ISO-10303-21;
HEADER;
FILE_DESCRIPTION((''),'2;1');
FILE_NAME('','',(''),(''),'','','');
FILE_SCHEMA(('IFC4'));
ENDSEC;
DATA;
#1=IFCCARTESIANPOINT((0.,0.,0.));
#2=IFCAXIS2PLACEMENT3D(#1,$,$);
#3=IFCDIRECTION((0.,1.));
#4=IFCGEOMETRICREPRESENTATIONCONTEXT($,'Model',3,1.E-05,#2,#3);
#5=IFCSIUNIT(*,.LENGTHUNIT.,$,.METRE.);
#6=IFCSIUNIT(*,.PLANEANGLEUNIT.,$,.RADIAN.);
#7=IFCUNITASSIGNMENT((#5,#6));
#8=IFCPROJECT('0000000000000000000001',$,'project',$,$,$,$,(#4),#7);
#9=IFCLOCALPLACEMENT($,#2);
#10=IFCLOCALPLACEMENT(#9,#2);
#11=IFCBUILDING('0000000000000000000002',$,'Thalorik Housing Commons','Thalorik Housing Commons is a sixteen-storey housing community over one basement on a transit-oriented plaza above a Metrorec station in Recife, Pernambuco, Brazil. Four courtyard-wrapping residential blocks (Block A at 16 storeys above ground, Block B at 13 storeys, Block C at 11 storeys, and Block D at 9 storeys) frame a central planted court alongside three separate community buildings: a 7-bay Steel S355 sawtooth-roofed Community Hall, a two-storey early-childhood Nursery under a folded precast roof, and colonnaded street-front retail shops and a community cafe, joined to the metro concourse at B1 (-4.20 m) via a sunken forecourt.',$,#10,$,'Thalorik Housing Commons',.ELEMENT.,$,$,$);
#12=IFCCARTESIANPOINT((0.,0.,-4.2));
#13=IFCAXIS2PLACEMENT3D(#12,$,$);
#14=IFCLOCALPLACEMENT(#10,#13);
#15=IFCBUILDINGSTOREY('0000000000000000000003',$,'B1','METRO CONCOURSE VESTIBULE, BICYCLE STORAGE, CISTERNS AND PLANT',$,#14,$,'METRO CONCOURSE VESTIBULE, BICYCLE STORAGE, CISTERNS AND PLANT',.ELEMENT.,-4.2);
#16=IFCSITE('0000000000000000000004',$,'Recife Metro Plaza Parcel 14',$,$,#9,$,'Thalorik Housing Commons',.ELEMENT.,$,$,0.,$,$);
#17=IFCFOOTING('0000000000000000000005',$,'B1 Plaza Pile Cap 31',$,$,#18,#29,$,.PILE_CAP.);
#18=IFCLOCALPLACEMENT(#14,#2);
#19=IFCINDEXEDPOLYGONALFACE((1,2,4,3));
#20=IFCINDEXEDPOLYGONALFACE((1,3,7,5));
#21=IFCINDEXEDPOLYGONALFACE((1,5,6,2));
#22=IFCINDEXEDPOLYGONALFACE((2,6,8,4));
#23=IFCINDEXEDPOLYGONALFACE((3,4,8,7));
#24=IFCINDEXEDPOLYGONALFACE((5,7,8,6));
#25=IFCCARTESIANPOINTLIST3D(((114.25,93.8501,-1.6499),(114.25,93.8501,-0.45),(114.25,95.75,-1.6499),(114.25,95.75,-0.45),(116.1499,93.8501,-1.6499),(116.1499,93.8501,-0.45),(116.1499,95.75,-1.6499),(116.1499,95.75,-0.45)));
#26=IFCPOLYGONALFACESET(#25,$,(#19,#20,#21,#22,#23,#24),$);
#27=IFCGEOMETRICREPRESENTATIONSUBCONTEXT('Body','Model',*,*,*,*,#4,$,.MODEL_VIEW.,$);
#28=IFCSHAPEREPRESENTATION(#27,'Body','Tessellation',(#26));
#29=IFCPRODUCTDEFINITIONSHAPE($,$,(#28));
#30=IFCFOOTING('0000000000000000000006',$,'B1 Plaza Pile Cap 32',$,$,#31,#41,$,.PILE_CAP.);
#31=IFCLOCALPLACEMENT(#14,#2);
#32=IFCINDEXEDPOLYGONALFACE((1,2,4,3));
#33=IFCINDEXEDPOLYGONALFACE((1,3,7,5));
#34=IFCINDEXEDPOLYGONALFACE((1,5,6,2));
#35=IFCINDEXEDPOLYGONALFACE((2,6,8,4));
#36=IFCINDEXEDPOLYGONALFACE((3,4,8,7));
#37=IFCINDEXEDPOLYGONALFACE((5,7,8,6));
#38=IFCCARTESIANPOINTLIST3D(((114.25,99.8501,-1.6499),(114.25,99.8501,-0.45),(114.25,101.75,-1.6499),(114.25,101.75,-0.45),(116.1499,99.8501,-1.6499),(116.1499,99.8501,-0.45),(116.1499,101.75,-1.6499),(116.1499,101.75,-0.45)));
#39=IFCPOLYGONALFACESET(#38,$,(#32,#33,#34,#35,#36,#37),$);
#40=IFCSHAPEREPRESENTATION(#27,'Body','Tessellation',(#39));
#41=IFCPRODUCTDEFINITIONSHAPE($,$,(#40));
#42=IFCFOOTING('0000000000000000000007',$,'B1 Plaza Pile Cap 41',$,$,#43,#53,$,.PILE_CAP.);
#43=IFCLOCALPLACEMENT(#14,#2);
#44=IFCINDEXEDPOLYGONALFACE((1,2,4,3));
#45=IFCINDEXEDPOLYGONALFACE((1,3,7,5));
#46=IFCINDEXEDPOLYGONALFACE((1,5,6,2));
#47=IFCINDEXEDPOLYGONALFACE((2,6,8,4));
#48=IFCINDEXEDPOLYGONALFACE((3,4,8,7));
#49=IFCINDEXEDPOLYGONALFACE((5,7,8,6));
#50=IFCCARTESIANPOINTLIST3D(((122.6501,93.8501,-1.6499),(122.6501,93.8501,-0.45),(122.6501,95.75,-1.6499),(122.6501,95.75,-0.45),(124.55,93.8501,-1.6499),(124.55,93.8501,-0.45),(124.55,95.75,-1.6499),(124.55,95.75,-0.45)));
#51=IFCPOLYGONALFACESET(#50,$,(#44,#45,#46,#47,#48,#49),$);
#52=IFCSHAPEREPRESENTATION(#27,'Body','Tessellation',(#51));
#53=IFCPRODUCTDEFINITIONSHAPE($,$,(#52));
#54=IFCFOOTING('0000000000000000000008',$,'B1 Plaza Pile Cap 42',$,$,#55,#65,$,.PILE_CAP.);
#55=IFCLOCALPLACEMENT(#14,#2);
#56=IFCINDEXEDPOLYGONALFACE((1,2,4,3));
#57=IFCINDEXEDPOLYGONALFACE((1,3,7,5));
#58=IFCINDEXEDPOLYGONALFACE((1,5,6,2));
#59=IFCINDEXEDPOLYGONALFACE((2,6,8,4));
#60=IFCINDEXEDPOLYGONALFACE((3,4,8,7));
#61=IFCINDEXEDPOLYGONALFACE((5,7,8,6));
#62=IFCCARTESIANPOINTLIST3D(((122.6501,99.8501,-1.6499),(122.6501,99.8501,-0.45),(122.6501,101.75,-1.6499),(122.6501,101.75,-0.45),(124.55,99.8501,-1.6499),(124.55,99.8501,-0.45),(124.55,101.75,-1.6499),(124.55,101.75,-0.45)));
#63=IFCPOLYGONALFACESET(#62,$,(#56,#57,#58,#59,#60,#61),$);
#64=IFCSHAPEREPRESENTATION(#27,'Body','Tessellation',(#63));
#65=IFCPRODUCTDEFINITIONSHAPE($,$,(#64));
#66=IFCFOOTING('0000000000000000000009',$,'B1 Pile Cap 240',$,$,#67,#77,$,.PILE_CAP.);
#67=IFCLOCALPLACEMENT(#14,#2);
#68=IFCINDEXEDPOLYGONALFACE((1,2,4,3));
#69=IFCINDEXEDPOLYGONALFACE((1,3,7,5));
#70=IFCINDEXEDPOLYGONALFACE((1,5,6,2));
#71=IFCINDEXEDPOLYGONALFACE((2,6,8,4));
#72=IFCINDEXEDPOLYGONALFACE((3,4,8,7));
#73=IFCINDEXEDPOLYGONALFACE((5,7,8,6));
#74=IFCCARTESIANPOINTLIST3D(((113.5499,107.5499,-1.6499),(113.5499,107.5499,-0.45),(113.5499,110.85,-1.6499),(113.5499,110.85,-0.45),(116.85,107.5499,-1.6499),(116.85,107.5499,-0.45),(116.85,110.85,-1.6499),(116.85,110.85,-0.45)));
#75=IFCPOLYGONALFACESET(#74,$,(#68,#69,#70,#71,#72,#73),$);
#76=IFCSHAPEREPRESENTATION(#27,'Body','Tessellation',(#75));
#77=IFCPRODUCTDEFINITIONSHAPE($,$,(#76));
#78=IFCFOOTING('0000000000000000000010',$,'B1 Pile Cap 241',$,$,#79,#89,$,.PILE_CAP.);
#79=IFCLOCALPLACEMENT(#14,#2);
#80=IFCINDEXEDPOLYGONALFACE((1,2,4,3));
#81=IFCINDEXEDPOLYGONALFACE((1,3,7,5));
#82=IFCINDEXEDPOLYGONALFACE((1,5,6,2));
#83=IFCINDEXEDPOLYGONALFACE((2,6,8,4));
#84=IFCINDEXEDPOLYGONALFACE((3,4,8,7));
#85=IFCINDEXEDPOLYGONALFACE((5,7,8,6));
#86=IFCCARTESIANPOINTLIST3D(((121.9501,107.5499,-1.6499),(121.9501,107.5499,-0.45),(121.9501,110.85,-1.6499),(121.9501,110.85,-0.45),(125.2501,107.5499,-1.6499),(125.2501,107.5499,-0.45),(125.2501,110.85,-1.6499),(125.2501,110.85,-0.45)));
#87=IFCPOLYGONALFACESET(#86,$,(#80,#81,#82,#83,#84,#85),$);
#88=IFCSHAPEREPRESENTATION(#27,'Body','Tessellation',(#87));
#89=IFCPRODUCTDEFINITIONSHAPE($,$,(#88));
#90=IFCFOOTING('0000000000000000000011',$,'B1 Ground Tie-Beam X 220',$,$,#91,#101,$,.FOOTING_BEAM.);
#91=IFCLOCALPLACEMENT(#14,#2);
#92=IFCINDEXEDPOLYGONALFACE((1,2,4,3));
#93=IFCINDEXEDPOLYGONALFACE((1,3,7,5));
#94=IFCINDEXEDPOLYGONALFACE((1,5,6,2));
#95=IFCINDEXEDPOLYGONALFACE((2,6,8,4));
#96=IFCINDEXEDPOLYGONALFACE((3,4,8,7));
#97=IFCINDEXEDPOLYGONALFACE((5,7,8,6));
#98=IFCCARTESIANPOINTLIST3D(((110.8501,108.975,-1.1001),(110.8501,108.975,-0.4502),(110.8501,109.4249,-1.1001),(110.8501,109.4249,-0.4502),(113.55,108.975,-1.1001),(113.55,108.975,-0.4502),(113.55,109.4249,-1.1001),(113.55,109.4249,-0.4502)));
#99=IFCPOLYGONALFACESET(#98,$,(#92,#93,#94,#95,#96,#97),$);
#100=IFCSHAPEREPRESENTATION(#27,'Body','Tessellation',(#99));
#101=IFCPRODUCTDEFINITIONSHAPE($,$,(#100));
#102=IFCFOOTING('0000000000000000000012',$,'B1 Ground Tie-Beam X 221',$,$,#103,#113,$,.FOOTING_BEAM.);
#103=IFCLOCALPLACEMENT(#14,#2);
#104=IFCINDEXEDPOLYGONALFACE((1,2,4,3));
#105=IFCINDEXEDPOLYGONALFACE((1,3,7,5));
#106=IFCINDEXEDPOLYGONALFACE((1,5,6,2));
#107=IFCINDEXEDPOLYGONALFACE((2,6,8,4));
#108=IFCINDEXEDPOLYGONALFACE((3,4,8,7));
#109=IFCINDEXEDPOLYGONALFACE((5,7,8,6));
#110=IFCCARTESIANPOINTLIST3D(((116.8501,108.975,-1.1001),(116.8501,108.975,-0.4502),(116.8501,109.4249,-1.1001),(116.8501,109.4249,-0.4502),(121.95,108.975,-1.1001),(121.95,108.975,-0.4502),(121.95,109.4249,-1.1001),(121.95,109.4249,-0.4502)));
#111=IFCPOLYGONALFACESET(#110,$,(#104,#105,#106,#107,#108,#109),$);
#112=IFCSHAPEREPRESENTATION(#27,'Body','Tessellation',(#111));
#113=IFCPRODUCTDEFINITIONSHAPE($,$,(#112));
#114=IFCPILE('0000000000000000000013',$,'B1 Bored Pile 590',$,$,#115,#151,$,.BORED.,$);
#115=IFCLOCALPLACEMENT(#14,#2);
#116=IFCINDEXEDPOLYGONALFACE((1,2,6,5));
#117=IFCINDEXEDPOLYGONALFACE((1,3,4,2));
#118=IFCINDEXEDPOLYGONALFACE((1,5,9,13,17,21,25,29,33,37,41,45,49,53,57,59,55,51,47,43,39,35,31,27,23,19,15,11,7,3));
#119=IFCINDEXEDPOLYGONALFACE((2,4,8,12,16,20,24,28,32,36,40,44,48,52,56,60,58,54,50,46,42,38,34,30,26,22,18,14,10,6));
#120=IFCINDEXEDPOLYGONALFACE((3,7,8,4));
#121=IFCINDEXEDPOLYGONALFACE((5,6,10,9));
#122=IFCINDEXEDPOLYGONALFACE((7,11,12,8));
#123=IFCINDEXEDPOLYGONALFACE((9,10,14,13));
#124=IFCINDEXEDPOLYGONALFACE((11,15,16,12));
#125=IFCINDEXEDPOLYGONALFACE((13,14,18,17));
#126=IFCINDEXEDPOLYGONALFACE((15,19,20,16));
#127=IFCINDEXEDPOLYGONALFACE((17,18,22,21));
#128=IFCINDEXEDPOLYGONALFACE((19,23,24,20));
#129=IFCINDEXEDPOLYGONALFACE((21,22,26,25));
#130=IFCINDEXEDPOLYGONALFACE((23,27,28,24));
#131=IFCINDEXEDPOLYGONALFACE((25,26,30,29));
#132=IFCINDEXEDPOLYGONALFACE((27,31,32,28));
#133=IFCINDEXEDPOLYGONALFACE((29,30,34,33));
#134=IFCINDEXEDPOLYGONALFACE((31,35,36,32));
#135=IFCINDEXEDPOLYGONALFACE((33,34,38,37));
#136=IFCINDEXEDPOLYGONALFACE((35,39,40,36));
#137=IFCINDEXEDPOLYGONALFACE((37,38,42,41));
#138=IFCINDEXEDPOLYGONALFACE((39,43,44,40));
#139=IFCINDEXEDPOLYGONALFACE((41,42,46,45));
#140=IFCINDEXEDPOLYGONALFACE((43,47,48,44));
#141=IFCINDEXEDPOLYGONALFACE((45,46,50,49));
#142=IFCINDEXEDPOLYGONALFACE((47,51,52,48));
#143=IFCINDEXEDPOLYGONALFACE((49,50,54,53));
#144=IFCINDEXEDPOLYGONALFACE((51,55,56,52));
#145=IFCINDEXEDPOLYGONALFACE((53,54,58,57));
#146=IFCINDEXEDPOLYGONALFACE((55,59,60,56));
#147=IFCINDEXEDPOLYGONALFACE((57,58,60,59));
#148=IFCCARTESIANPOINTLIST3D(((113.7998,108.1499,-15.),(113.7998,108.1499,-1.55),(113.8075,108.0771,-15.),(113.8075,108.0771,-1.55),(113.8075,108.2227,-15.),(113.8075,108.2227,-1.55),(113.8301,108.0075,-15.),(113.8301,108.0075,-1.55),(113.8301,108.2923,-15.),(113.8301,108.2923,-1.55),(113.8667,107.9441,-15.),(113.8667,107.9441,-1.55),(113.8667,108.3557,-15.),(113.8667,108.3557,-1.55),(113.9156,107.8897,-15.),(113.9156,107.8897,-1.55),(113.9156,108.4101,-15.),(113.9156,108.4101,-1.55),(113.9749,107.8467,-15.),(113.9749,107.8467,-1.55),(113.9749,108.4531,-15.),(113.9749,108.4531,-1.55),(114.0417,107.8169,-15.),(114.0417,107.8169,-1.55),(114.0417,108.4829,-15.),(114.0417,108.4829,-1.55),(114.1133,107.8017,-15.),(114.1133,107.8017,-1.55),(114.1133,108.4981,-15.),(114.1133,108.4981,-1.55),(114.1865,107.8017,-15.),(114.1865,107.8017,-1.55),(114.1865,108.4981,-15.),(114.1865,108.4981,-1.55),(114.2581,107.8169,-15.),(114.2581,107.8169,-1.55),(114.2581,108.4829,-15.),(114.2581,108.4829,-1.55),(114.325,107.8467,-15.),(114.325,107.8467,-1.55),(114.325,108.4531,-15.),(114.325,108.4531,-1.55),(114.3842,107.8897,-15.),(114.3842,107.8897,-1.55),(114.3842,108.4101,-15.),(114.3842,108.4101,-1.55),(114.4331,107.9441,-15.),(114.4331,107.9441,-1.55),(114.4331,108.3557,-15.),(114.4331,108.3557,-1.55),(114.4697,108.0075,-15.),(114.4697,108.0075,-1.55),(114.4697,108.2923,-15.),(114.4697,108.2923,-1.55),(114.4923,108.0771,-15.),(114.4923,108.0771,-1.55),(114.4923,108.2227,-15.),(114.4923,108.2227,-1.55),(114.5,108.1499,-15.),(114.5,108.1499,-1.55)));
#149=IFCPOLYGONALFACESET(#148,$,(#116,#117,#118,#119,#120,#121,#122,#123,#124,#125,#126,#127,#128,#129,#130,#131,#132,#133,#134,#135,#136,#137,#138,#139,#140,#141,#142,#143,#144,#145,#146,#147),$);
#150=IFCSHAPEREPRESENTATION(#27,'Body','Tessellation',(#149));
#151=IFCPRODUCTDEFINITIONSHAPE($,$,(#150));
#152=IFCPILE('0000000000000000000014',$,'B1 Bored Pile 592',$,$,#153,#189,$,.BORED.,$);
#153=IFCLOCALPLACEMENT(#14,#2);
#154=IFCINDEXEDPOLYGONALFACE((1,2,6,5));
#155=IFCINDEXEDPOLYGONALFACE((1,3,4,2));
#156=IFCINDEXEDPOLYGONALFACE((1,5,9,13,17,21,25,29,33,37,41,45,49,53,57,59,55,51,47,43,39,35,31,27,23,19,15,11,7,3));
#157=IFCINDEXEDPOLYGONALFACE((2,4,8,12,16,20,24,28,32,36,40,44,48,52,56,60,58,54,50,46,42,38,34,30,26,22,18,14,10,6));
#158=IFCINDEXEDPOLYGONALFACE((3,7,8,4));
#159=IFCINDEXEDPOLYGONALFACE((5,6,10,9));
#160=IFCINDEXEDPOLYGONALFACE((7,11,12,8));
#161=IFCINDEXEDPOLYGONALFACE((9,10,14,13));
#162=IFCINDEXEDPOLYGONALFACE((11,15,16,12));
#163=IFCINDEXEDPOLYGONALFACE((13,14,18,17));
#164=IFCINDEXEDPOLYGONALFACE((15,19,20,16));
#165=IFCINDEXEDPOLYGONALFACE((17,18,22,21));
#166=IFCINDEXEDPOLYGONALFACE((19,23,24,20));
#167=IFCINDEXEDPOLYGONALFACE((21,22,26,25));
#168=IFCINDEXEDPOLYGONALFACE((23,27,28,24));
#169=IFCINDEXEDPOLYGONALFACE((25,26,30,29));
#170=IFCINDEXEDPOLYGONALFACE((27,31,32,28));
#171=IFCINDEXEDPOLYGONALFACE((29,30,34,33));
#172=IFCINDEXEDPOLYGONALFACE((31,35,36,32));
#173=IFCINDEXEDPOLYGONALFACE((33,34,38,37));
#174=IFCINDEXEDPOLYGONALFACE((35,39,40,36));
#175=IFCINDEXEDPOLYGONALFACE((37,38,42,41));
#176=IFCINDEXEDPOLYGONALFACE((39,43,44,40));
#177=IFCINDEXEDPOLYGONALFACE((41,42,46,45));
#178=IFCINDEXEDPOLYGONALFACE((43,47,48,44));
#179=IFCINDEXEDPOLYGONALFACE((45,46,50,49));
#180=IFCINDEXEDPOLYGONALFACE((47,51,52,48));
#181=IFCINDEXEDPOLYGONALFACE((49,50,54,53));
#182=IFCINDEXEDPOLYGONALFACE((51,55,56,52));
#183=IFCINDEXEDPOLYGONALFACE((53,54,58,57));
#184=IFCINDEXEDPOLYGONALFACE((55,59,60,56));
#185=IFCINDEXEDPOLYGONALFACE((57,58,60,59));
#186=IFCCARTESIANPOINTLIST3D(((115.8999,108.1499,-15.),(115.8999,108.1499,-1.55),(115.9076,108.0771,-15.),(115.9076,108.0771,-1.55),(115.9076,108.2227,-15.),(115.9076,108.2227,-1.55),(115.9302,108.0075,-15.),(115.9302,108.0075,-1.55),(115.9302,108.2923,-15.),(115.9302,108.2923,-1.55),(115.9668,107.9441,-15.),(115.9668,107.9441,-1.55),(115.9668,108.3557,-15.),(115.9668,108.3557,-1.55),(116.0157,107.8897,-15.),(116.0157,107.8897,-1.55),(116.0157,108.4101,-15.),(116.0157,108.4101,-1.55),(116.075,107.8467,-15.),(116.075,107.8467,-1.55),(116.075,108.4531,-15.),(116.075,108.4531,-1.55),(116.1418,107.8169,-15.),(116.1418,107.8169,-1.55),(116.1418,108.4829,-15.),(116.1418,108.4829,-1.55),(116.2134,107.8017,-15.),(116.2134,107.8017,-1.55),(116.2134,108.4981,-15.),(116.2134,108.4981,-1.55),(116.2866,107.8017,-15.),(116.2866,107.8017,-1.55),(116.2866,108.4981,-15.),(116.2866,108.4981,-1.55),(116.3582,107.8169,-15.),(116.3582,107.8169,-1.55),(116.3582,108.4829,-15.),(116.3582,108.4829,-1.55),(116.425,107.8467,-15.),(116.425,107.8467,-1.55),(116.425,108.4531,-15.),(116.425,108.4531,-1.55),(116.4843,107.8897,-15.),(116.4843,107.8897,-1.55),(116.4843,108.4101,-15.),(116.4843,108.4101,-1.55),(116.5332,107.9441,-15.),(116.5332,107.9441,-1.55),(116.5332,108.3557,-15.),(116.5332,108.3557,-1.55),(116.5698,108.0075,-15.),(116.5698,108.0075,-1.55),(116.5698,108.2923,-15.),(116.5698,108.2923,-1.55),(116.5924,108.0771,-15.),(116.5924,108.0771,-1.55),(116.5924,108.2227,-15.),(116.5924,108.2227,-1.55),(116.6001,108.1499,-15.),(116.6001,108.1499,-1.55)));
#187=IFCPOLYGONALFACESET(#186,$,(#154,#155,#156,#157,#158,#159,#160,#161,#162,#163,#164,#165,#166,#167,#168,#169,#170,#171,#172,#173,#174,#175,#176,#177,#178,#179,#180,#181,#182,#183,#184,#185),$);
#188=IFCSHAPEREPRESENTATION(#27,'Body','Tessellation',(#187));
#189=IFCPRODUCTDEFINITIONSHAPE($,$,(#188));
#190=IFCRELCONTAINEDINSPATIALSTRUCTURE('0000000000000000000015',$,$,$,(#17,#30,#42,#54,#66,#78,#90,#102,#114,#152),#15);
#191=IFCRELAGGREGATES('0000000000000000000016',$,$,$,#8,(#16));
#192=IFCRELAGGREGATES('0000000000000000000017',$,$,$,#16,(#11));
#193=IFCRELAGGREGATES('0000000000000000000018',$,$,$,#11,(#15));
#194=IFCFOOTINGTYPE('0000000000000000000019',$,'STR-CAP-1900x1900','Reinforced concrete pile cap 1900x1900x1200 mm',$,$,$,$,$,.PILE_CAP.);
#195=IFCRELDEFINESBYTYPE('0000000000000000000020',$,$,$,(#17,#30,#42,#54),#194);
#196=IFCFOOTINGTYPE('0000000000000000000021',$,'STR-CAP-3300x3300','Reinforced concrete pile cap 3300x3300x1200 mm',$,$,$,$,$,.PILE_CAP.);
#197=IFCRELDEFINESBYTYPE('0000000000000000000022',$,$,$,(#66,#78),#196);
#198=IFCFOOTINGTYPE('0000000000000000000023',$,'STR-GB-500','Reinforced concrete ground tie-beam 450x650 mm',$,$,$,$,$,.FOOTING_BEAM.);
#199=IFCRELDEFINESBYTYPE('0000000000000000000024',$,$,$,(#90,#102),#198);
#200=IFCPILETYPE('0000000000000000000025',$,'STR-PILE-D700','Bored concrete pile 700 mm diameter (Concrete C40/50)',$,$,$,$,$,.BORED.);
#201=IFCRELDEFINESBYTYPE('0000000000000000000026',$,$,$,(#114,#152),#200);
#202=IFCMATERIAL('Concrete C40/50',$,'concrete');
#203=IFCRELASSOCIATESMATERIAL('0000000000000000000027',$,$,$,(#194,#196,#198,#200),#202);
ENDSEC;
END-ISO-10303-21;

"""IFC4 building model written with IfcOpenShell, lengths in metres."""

from ifc_helpers import new_model, si_unit, direction, frame, origin, origin_2d, place, context, subcontext, project, spatial, rectangle, circle, extrude, material, material_profile, profile_set, type_object, element, save


model = new_model("IFC4")

# Units and contexts
model_context = context("Model", 3, precision=1e-05, world=origin(), true_north=direction((0.0, 1.0)))
body_context = subcontext(model_context, "Body", "Model", "MODEL_VIEW")
ifc_project = project(units=[si_unit("LENGTHUNIT", "METRE"), si_unit("PLANEANGLEUNIT", "RADIAN")], contexts=[model_context])

# Site, building, storey
site_placement = place(None, origin())
site = spatial("IfcSite", under=ifc_project, at=site_placement, Name="Recife Metro Plaza Parcel 14", LongName="Thalorik Housing Commons", CompositionType="ELEMENT", RefElevation=0.0)
building_placement = place(site_placement, origin())
building = spatial("IfcBuilding", under=site, at=building_placement, Name="Thalorik Housing Commons", Description="Thalorik Housing Commons is a sixteen-storey housing community over one basement on a transit-oriented plaza above a Metrorec station in Recife, Pernambuco, Brazil. Four courtyard-wrapping residential blocks (Block A at 16 storeys above ground, Block B at 13 storeys, Block C at 11 storeys, and Block D at 9 storeys) frame a central planted court alongside three separate community buildings: a 7-bay Steel S355 sawtooth-roofed Community Hall, a two-storey early-childhood Nursery under a folded precast roof, and colonnaded street-front retail shops and a community cafe, joined to the metro concourse at B1 (-4.20 m) via a sunken forecourt.", LongName="Thalorik Housing Commons", CompositionType="ELEMENT")
storey_placement = place(building_placement, frame((0.0, 0.0, -4.2)))
storey = spatial("IfcBuildingStorey", under=building, at=storey_placement, Name="B1", Description="METRO CONCOURSE VESTIBULE, BICYCLE STORAGE, CISTERNS AND PLANT", LongName="METRO CONCOURSE VESTIBULE, BICYCLE STORAGE, CISTERNS AND PLANT", CompositionType="ELEMENT", Elevation=-4.2)

# Footings
ifc_material_1 = material(Name="Concrete C40/50", Category="concrete")
footing_type_1 = type_object("IfcFootingType", Name="STR-CAP-1900x1900", Description="Reinforced concrete pile cap 1900x1900x1200 mm", PredefinedType="PILE_CAP", material=ifc_material_1)
for number, where, z_axis, x_axis, name in (
    (1, (115.2, 94.8, -1.6499), (0.0, 0.0, 1.0), (1.0, 0.0, 0.0), "B1 Plaza Pile Cap 31"),
    (2, (115.2, 100.8, -1.6499), (0.0, 0.0, 1.0), (1.0, 0.0, 0.0), "B1 Plaza Pile Cap 32"),
    (3, (123.6001, 94.8, -1.6499), (0.0, 0.0, 1.0), (1.0, 0.0, 0.0), "B1 Plaza Pile Cap 41"),
    (4, (123.6001, 100.8, -1.6499), (0.0, 0.0, 1.0), (1.0, 0.0, 0.0), "B1 Plaza Pile Cap 42"),
):
    element("IfcFooting", number, at=place(storey_placement, frame(where, z_axis=z_axis, x_axis=x_axis)), inside=storey, type_object=footing_type_1, Name=name, PredefinedType="PILE_CAP", context=body_context, shape_type="SweptSolid", body=[
        extrude(rectangle(XDim=1.8999, YDim=1.8999, at=origin_2d()), origin(), (0.0, 0.0, 1.0), 1.2),
    ])
footing_type_2 = type_object("IfcFootingType", Name="STR-CAP-3300x3300", Description="Reinforced concrete pile cap 3300x3300x1200 mm", PredefinedType="PILE_CAP", material=ifc_material_1)
for number, where, z_axis, x_axis, name in (
    (5, (115.2, 109.2, -1.6499), (0.0, 0.0, 1.0), (1.0, 0.0, 0.0), "B1 Pile Cap 240"),
    (6, (123.6001, 109.2, -1.6499), (0.0, 0.0, 1.0), (1.0, 0.0, 0.0), "B1 Pile Cap 241"),
):
    element("IfcFooting", number, at=place(storey_placement, frame(where, z_axis=z_axis, x_axis=x_axis)), inside=storey, type_object=footing_type_2, Name=name, PredefinedType="PILE_CAP", context=body_context, shape_type="SweptSolid", body=[
        extrude(rectangle(XDim=3.3, YDim=3.3, at=origin_2d()), origin(), (0.0, 0.0, 1.0), 1.2),
    ])
ifc_material_profile_1 = material_profile(ifc_material_1, rectangle(XDim=0.45, YDim=0.6499, at=origin_2d()), Name="RC 450x650", Category="concrete")
ifc_profile_set_1 = profile_set([ifc_material_profile_1], Name="Concrete C40/50")
footing_type_3 = type_object("IfcFootingType", Name="STR-GB-500", Description="Reinforced concrete ground tie-beam 450x650 mm", PredefinedType="FOOTING_BEAM", material=ifc_profile_set_1)
footing_1_placement = place(storey_placement, frame((110.8501, 109.2, -0.7751), z_axis=(1.0, 0.0, 0.0), x_axis=(0.0, 1.0, 0.0)))
element("IfcFooting", 7, at=footing_1_placement, inside=storey, type_object=footing_type_3, Name="B1 Ground Tie-Beam X 220", PredefinedType="FOOTING_BEAM", context=body_context, shape_type="SweptSolid", body=[
    extrude(rectangle(XDim=0.45, YDim=0.6499, at=origin_2d()), origin(), (0.0, 0.0, 1.0), 2.7),
])
footing_2_placement = place(storey_placement, frame((116.8501, 109.2, -0.7751), z_axis=(1.0, 0.0, 0.0), x_axis=(0.0, 1.0, 0.0)))
element("IfcFooting", 8, at=footing_2_placement, inside=storey, type_object=footing_type_3, Name="B1 Ground Tie-Beam X 221", PredefinedType="FOOTING_BEAM", context=body_context, shape_type="SweptSolid", body=[
    extrude(rectangle(XDim=0.45, YDim=0.6499, at=origin_2d()), origin(), (0.0, 0.0, 1.0), 5.0999),
])

# Piles
ifc_material_profile_2 = material_profile(ifc_material_1, circle(Radius=0.3501, at=origin_2d()), Name="BORED PILE D700", Category="concrete")
ifc_profile_set_2 = profile_set([ifc_material_profile_2], Name="Concrete C40/50")
pile_type = type_object("IfcPileType", Name="STR-PILE-D700", Description="Bored concrete pile 700 mm diameter (Concrete C40/50)", PredefinedType="BORED", material=ifc_profile_set_2)
for number, where, z_axis, x_axis, name in (
    (9, (114.1499, 108.1499, -1.55), (0.0, 0.0, -1.0), (1.0, 0.0, 0.0), "B1 Bored Pile 590"),
    (10, (116.25, 108.1499, -1.55), (0.0, 0.0, -1.0), (1.0, 0.0, 0.0), "B1 Bored Pile 592"),
):
    element("IfcPile", number, at=place(storey_placement, frame(where, z_axis=z_axis, x_axis=x_axis)), inside=storey, type_object=pile_type, Name=name, PredefinedType="BORED", context=body_context, shape_type="SweptSolid", body=[
        extrude(circle(Radius=0.3501, at=origin_2d()), origin(), (0.0, 0.0, 1.0), 13.45),
    ])

save(model, "model.ifc")
